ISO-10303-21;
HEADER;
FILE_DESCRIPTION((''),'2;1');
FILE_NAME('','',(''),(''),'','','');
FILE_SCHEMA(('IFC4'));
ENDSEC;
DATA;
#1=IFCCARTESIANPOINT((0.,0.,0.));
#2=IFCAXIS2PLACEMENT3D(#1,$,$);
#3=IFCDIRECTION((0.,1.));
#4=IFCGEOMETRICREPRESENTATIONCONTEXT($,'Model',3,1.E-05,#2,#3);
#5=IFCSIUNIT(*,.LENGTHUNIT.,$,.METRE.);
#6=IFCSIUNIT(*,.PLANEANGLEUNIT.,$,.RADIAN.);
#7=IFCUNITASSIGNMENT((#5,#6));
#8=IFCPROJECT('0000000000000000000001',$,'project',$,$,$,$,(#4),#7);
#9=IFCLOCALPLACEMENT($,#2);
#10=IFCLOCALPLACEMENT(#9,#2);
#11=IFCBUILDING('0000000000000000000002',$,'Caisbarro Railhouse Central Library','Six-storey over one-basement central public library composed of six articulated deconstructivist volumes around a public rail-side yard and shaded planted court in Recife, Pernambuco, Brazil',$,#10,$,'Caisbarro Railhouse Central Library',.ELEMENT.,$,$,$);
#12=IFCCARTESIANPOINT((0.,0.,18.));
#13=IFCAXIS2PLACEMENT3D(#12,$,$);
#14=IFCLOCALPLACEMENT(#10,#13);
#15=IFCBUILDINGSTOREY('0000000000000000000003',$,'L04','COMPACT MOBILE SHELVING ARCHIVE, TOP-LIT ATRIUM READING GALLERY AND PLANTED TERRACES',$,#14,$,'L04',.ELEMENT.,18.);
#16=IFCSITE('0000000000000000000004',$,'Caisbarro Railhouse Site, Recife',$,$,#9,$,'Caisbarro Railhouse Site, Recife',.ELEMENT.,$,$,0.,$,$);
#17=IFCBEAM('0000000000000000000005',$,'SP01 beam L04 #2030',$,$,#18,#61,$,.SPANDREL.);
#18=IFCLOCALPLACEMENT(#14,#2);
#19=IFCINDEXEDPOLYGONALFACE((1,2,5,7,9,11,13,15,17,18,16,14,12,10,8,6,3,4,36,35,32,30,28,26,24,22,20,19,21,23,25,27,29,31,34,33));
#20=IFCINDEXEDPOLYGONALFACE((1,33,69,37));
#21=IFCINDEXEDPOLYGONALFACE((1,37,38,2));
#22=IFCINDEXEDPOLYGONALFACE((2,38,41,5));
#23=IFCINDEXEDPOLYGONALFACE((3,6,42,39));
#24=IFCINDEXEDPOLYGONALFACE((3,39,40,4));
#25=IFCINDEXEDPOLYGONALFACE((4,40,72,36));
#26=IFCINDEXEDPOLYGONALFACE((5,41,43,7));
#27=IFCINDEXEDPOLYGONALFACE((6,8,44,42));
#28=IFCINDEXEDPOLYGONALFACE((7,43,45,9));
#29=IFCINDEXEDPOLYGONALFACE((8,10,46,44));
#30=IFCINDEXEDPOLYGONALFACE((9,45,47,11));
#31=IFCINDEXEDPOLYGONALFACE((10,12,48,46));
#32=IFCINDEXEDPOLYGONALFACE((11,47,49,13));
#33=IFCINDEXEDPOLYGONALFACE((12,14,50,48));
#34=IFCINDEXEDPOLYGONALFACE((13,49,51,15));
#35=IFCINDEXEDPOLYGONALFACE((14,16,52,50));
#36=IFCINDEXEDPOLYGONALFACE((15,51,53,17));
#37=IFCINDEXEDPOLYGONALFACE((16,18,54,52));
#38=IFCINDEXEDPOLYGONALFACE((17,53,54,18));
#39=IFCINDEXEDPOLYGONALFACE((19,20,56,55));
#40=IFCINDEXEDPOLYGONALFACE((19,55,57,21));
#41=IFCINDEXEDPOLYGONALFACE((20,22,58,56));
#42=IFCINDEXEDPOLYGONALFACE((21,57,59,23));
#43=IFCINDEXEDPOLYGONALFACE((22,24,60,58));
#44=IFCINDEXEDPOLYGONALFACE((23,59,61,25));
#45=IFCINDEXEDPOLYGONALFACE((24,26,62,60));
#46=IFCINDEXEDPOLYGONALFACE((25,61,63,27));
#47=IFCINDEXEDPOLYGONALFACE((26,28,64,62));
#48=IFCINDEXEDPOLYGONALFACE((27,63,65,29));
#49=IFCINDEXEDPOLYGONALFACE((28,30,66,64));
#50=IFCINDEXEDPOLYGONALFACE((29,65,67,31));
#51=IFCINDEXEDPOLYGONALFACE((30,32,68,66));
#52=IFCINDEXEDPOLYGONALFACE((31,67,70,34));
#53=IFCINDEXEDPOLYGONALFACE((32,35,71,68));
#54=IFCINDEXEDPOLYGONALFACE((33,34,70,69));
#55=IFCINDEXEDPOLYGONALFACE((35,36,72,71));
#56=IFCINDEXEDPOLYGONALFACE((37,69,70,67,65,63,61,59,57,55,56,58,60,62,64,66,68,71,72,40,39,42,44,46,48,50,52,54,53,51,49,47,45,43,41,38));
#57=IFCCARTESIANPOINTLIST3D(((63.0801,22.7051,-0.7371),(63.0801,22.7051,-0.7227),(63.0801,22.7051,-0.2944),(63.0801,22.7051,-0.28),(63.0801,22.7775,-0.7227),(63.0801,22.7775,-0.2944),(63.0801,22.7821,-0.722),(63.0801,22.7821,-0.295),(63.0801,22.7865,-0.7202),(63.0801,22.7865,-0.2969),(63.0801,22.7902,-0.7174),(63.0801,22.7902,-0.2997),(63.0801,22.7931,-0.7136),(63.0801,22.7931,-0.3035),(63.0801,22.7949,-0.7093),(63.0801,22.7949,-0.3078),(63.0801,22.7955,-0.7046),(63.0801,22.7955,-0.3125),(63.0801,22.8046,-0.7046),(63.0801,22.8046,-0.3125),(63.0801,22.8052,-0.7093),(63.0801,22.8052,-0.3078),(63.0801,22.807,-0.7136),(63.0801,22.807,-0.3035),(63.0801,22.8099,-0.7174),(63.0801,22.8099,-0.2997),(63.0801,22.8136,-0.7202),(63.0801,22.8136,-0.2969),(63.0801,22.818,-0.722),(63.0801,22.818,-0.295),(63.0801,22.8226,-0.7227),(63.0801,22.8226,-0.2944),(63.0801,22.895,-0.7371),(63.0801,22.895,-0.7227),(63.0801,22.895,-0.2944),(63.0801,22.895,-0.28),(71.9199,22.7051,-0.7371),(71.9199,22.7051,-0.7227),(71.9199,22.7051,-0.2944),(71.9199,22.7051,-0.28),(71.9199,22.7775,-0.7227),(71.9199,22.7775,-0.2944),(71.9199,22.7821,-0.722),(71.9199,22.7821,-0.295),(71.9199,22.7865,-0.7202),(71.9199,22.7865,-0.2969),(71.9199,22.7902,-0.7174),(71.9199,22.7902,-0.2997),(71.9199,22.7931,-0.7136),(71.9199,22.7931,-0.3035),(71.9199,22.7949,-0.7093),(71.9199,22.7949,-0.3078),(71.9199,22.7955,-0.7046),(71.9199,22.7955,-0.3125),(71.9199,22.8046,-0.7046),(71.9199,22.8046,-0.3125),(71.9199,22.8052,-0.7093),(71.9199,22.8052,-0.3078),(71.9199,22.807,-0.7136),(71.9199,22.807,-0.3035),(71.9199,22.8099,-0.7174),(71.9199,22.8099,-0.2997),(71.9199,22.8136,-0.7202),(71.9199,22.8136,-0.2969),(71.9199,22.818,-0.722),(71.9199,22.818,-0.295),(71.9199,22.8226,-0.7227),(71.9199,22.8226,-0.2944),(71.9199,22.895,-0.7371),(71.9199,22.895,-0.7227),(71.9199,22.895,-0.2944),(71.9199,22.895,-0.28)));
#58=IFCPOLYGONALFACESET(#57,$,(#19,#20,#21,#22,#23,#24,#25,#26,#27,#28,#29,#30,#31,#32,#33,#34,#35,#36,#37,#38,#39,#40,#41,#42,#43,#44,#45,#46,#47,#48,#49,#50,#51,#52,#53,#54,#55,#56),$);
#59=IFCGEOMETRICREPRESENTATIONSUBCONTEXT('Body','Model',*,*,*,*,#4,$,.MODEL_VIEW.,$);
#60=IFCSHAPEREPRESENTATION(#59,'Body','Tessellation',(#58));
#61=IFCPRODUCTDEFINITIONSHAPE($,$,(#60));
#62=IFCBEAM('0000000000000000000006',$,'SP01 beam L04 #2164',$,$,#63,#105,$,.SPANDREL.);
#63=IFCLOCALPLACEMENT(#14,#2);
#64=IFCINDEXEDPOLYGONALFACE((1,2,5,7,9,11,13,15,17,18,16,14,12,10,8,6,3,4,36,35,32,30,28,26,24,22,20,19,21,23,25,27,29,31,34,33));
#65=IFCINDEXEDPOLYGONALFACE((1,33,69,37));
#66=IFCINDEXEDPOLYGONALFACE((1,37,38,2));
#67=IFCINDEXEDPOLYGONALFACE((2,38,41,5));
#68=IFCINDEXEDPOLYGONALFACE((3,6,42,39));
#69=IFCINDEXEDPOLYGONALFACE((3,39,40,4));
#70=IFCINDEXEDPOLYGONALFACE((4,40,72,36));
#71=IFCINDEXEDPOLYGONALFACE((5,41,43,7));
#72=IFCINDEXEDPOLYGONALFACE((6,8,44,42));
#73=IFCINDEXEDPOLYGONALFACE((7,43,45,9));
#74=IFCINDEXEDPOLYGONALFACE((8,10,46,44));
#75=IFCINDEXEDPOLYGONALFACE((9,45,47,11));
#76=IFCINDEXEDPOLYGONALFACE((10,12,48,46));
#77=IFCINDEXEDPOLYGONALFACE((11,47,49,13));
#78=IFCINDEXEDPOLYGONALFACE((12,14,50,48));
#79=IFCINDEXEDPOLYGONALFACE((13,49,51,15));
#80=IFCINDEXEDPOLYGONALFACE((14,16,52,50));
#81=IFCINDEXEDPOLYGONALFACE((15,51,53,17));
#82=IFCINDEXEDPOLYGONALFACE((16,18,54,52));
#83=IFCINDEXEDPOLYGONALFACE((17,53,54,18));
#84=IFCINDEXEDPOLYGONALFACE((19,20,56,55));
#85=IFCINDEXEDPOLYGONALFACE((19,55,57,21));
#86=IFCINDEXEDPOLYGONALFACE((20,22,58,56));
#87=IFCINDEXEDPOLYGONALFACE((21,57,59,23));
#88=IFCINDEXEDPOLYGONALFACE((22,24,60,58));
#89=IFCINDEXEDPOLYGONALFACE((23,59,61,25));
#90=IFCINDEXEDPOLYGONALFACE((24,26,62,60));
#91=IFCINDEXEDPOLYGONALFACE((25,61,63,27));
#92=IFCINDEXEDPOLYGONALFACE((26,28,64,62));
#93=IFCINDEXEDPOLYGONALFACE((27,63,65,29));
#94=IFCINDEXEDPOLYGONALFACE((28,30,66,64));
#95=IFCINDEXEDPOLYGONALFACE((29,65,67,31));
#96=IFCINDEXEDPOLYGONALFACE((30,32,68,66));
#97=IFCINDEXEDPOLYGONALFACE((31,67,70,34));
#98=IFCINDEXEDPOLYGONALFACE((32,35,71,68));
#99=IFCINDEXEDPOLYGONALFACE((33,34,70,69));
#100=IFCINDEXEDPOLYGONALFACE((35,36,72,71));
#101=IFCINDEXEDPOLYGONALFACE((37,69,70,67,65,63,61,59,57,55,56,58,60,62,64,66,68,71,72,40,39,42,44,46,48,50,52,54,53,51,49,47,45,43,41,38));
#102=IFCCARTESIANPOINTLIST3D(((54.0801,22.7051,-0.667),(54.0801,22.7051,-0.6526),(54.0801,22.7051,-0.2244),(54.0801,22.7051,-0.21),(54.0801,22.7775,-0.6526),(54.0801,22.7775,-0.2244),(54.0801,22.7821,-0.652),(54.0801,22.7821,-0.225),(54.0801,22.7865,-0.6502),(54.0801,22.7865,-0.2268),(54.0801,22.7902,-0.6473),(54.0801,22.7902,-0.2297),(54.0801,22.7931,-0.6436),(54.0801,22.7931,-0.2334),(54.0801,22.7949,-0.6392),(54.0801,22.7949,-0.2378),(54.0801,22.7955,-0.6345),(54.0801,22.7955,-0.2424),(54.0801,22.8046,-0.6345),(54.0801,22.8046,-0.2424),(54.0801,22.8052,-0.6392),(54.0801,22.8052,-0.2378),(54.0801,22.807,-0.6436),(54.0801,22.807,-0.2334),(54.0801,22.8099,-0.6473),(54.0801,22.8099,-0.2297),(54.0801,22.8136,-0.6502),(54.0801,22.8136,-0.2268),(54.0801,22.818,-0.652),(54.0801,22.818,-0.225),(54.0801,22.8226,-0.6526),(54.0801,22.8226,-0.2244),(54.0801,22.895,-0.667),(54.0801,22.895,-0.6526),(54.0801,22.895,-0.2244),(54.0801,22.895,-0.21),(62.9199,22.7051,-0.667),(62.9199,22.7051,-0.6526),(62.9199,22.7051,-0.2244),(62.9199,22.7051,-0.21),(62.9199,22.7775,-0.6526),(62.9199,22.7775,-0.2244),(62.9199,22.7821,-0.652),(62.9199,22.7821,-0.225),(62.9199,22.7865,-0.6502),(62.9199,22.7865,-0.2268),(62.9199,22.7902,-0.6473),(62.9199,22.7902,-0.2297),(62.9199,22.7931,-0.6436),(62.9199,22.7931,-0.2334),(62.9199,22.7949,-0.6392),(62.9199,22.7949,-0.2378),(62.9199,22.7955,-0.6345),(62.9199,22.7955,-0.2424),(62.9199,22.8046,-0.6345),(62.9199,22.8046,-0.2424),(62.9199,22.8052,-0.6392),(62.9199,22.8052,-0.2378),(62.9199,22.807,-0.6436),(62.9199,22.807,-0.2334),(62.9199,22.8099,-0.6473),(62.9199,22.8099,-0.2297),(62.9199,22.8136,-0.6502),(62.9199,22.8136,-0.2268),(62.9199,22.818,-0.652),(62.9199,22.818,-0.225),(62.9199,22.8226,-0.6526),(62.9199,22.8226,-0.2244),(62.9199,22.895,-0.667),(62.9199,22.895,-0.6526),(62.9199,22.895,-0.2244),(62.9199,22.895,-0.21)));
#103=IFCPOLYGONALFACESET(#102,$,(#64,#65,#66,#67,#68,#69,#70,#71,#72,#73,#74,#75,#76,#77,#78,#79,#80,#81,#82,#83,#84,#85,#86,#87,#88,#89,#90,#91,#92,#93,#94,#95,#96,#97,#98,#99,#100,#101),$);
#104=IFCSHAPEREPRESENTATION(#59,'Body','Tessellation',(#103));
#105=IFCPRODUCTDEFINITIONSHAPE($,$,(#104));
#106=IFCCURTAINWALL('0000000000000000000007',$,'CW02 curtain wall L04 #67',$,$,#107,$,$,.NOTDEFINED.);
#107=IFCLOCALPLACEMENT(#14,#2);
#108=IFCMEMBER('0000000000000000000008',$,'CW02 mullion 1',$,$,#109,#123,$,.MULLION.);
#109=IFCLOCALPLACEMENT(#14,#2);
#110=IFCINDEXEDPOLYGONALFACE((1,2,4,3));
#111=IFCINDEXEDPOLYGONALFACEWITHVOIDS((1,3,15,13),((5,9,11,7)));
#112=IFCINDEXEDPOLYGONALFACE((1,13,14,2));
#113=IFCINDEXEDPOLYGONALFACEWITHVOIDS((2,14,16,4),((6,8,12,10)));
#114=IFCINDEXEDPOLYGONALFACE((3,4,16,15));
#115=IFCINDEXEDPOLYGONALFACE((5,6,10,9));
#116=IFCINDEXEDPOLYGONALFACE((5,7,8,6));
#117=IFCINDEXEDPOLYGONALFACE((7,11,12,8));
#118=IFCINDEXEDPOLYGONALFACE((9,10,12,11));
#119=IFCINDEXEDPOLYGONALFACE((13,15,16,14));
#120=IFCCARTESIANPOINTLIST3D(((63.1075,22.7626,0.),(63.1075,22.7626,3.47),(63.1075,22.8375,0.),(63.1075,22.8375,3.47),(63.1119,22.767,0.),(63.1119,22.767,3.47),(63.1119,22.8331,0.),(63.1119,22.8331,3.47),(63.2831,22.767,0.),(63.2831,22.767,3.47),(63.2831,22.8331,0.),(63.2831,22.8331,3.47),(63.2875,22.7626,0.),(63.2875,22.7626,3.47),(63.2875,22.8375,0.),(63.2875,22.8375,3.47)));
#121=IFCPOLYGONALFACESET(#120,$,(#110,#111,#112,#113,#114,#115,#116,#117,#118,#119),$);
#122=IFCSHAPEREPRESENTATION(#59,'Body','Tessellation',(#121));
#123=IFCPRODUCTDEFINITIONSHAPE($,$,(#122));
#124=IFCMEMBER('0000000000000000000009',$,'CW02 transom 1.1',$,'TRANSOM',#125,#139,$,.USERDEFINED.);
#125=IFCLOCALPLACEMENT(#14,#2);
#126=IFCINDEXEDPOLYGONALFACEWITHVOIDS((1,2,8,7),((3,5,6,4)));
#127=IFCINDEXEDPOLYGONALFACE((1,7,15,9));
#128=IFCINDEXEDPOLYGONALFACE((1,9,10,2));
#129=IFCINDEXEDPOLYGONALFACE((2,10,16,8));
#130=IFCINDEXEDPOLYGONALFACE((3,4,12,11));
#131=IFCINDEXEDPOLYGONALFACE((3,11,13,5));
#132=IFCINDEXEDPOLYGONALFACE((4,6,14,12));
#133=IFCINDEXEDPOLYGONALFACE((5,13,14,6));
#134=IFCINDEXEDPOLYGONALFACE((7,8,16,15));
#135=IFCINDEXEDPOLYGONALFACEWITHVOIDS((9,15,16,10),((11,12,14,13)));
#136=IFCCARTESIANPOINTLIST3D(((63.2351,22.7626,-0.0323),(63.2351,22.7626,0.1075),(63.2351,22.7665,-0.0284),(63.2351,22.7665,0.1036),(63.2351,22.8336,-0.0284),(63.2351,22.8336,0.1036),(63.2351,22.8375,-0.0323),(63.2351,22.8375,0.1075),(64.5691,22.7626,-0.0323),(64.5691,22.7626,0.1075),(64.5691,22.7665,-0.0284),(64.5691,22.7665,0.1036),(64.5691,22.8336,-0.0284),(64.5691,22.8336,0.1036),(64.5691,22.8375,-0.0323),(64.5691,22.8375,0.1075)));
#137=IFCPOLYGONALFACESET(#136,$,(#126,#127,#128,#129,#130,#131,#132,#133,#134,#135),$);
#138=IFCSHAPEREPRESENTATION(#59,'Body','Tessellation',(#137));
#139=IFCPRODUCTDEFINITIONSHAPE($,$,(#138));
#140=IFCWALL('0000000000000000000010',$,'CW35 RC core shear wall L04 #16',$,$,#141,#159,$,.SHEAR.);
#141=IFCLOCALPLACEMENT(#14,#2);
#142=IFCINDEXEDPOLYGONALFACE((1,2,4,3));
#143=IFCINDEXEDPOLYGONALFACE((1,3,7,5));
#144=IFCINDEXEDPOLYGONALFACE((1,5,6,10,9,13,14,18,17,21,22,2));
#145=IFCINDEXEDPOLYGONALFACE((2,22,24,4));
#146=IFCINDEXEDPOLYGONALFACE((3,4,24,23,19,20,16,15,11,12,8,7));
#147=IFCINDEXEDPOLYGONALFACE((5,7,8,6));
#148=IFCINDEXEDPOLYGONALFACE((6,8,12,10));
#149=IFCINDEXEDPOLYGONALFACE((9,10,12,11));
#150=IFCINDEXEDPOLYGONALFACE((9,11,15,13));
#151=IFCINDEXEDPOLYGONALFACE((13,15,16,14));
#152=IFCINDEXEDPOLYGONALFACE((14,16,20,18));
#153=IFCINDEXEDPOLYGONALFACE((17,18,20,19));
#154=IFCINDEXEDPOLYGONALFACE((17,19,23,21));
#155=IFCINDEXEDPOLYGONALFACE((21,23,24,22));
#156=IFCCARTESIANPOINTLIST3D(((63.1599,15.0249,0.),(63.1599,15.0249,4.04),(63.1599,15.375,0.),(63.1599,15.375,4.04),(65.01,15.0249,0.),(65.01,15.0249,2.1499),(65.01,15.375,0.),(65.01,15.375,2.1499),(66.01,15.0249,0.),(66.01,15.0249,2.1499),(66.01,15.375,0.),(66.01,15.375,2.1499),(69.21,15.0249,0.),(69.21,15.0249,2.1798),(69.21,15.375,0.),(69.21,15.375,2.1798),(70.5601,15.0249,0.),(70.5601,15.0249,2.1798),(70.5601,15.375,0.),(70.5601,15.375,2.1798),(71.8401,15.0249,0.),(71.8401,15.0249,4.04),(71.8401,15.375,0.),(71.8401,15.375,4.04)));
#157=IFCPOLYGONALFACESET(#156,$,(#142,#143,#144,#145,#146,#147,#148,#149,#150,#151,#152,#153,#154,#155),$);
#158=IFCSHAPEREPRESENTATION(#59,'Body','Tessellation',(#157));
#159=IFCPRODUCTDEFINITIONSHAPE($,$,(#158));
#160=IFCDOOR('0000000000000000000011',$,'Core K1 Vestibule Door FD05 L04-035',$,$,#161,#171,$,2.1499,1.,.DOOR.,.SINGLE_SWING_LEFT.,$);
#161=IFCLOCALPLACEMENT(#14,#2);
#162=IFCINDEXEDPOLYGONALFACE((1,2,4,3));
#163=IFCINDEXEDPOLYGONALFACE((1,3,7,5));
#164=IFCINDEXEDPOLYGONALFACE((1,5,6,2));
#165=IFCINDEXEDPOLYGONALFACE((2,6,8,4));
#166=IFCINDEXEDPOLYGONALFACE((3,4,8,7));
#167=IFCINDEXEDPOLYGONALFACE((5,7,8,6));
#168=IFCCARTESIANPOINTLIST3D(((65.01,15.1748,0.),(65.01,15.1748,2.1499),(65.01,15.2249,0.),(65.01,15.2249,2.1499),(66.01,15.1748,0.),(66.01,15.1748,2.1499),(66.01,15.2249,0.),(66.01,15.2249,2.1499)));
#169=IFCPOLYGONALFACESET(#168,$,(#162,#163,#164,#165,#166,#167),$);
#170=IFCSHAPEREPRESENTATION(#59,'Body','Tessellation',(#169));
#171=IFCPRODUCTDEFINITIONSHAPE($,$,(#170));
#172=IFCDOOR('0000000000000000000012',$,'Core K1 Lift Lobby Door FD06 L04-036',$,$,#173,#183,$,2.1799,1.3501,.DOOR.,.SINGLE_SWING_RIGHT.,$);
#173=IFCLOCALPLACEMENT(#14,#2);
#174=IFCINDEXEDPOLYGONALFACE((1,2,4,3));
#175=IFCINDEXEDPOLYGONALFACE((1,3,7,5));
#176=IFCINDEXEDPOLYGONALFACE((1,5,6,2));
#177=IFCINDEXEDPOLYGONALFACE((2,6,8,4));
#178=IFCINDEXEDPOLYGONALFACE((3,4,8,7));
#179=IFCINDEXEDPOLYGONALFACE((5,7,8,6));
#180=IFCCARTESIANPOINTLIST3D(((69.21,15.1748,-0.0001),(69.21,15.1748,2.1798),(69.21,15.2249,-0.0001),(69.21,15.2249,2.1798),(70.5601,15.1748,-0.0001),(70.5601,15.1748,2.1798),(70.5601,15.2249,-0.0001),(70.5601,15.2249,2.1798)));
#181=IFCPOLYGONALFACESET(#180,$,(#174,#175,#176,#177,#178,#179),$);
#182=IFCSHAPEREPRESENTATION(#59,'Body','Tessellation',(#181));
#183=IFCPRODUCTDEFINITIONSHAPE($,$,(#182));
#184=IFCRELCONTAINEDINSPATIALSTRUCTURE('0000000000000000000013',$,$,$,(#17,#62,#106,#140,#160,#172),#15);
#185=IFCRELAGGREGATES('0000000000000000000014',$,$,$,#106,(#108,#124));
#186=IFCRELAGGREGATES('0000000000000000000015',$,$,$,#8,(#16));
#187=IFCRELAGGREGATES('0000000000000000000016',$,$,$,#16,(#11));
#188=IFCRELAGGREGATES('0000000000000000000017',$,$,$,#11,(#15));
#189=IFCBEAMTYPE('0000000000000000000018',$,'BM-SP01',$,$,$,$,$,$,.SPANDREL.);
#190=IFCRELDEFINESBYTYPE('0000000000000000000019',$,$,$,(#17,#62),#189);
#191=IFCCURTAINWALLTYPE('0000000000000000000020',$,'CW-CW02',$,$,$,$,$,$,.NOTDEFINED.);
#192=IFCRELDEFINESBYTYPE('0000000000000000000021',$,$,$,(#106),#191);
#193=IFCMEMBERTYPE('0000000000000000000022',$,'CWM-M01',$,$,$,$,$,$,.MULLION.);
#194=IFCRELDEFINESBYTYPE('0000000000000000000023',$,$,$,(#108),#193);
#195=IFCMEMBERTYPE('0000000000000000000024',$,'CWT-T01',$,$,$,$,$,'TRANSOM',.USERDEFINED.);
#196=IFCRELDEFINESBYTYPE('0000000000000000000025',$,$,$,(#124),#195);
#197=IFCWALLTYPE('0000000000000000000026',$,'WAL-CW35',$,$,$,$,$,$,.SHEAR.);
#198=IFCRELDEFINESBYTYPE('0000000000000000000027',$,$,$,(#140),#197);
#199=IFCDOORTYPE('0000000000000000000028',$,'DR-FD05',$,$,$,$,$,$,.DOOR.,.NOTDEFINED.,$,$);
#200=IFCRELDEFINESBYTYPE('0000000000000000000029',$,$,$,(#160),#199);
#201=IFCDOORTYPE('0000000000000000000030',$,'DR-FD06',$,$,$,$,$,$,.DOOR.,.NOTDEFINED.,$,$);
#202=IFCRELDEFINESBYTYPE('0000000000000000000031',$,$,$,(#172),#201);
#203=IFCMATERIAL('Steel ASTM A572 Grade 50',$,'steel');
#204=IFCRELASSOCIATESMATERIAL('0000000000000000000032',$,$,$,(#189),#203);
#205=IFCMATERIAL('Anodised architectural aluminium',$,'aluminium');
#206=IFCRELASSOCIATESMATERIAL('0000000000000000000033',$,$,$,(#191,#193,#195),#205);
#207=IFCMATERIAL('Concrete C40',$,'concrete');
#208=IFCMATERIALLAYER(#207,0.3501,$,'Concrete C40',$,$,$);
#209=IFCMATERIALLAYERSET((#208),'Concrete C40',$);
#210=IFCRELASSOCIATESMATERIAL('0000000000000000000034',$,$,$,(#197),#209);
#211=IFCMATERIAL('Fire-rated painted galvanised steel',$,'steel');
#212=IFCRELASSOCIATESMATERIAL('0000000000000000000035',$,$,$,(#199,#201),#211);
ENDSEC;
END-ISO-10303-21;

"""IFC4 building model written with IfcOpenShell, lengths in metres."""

from ifc_helpers import new_model, si_unit, direction, frame, frame_2d, origin, origin_2d, place, context, subcontext, project, spatial, rectangle, hollow_rectangle, i_section, extrude, material, layer, layer_set, material_profile, profile_set, type_object, element, fill, aggregate, save


model = new_model("IFC4")

# Units and contexts
model_context = context("Model", 3, precision=1e-05, world=origin(), true_north=direction((0.0, 1.0)))
body_context = subcontext(model_context, "Body", "Model", "MODEL_VIEW")
ifc_project = project(units=[si_unit("LENGTHUNIT", "METRE"), si_unit("PLANEANGLEUNIT", "RADIAN")], contexts=[model_context])

# Site, building, storey
site_placement = place(None, origin())
site = spatial("IfcSite", under=ifc_project, at=site_placement, Name="Caisbarro Railhouse Site, Recife", LongName="Caisbarro Railhouse Site, Recife", CompositionType="ELEMENT", RefElevation=0.0)
building_placement = place(site_placement, origin())
building = spatial("IfcBuilding", under=site, at=building_placement, Name="Caisbarro Railhouse Central Library", Description="Six-storey over one-basement central public library composed of six articulated deconstructivist volumes around a public rail-side yard and shaded planted court in Recife, Pernambuco, Brazil", LongName="Caisbarro Railhouse Central Library", CompositionType="ELEMENT")
storey_placement = place(building_placement, frame((0.0, 0.0, 18.0)))
storey = spatial("IfcBuildingStorey", under=building, at=storey_placement, Name="L04", Description="COMPACT MOBILE SHELVING ARCHIVE, TOP-LIT ATRIUM READING GALLERY AND PLANTED TERRACES", LongName="L04", CompositionType="ELEMENT", Elevation=18.0)

# Shared definitions
ifc_material_1 = material(Name="Steel ASTM A572 Grade 50", Category="steel")

# Beams
ifc_material_2 = material(Name="Concrete C40", Category="concrete")
ifc_material_profile_1 = material_profile(ifc_material_1, i_section(OverallWidth=0.1899, OverallDepth=0.457, WebThickness=0.009, FlangeThickness=0.0144, FilletRadius=0.0181, at=origin_2d()), Name="W460X74.0")
ifc_profile_set_1 = profile_set([ifc_material_profile_1], Name="Steel ASTM A572 Grade 50")
beam_type_1 = type_object("IfcBeamType", Name="BM-SP01", PredefinedType="SPANDREL", material=ifc_profile_set_1)
for number, where, z_axis, x_axis, name in (
    (1, (63.0801, 22.8, -0.5085), (1.0, 0.0, 0.0), (0.0, 1.0, 0.0), "SP01 beam L04 #2030"),
    (2, (54.0801, 22.8, -0.4385), (1.0, 0.0, 0.0), (0.0, 1.0, 0.0), "SP01 beam L04 #2164"),
):
    element("IfcBeam", number, at=place(storey_placement, frame(where, z_axis=z_axis, x_axis=x_axis)), inside=storey, type_object=beam_type_1, Name=name, PredefinedType="SPANDREL", context=body_context, shape_type="SweptSolid", body=[
        extrude(i_section(OverallWidth=0.1899, OverallDepth=0.457, WebThickness=0.009, FlangeThickness=0.0144, FilletRadius=0.0181, at=origin_2d()), origin(), (0.0, 0.0, 1.0), 8.8398),
    ])

# Curtain wall, members
ifc_material_3 = material(Name="Anodised architectural aluminium", Category="aluminium")
curtain_wall_type = type_object("IfcCurtainWallType", Name="CW-CW02", PredefinedType="NOTDEFINED", material=ifc_material_3)
curtain_wall_placement = place(storey_placement, origin())
curtain_wall = element("IfcCurtainWall", 3, at=curtain_wall_placement, inside=storey, type_object=curtain_wall_type, Name="CW02 curtain wall L04 #67", PredefinedType="NOTDEFINED")
ifc_material_profile_2 = material_profile(ifc_material_3, hollow_rectangle(XDim=0.075, YDim=0.1799, WallThickness=0.0044, at=origin_2d()), Name="ALU-MUL-75X180")
ifc_profile_set_2 = profile_set([ifc_material_profile_2], Name="Anodised architectural aluminium")
member_type_1 = type_object("IfcMemberType", Name="CWM-M01", PredefinedType="MULLION", material=ifc_profile_set_2)
member_1_placement = place(storey_placement, frame((63.1975, 22.8, 0.0), z_axis=(0.0, 0.0, 1.0), x_axis=(0.0, 1.0, 0.0)))
member_1 = element("IfcMember", 4, at=member_1_placement, type_object=member_type_1, Name="CW02 mullion 1", PredefinedType="MULLION", context=body_context, shape_type="SweptSolid", body=[
    extrude(hollow_rectangle(XDim=0.075, YDim=0.1799, WallThickness=0.0044, at=origin_2d()), origin(), (0.0, 0.0, 1.0), 3.47),
])
ifc_material_profile_3 = material_profile(ifc_material_3, hollow_rectangle(XDim=0.075, YDim=0.1399, WallThickness=0.0039, at=origin_2d()), Name="ALU-TRN-75X140")
ifc_profile_set_3 = profile_set([ifc_material_profile_3], Name="Anodised architectural aluminium")
member_type_2 = type_object("IfcMemberType", Name="CWT-T01", ElementType="TRANSOM", PredefinedType="USERDEFINED", material=ifc_profile_set_3)
member_2_placement = place(storey_placement, frame((63.2351, 22.8, 0.0376), z_axis=(1.0, 0.0, 0.0), x_axis=(0.0, 1.0, 0.0)))
member_2 = element("IfcMember", 5, at=member_2_placement, type_object=member_type_2, Name="CW02 transom 1.1", ObjectType="TRANSOM", PredefinedType="USERDEFINED", context=body_context, shape_type="SweptSolid", body=[
    extrude(hollow_rectangle(XDim=0.075, YDim=0.1399, WallThickness=0.0039, at=origin_2d()), origin(), (0.0, 0.0, 1.0), 1.334),
])
aggregate(curtain_wall, [member_1, member_2])

# Wall, openings, doors
ifc_layer_1 = layer(ifc_material_2, 0.3501, Name="Concrete C40")
ifc_layer_set_1 = layer_set([ifc_layer_1], Name="Concrete C40")
wall_type_1 = type_object("IfcWallType", Name="WAL-CW35", PredefinedType="SHEAR", material=ifc_layer_set_1)
wall_1_placement = place(storey_placement, frame((63.1599, 15.2, 0.0), z_axis=(0.0, 0.0, 1.0), x_axis=(1.0, 0.0, 0.0)))
wall_1 = element("IfcWall", 6, at=wall_1_placement, inside=storey, type_object=wall_type_1, Name="CW35 RC core shear wall L04 #16", PredefinedType="SHEAR", context=body_context, shape_type="SweptSolid", body=[
    extrude(rectangle(XDim=8.6802, YDim=0.3501, at=frame_2d((4.3401, 0.0))), origin(), (0.0, 0.0, 1.0), 4.04),
])
opening_1_placement = place(wall_1_placement, frame((1.8501, 0.0, 0.0)))
opening_1 = element("IfcOpeningElement", 7, at=opening_1_placement, cuts=wall_1, PredefinedType="OPENING", context=body_context, shape_type="SweptSolid", body=[
    extrude(rectangle(XDim=1.0, YDim=2.1499, at=frame_2d((0.5, 1.075))), frame((0.0, 0.1851, 0.0), z_axis=(0.0, -1.0, 0.0), x_axis=(1.0, 0.0, 0.0)), (0.0, 0.0, 1.0), 0.3701),
])
opening_2_placement = place(wall_1_placement, frame((6.05, 0.0, 0.0)))
opening_2 = element("IfcOpeningElement", 8, at=opening_2_placement, cuts=wall_1, PredefinedType="OPENING", context=body_context, shape_type="SweptSolid", body=[
    extrude(rectangle(XDim=1.3501, YDim=2.1799, at=frame_2d((0.675, 1.0898))), frame((0.0, 0.1851, 0.0), z_axis=(0.0, -1.0, 0.0), x_axis=(1.0, 0.0, 0.0)), (0.0, 0.0, 1.0), 0.3701),
])
ifc_material_4 = material(Name="Fire-rated painted galvanised steel", Category="steel")
door_type_1 = type_object("IfcDoorType", Name="DR-FD05", OperationType="NOTDEFINED", PredefinedType="DOOR", material=ifc_material_4)
door_1_placement = place(opening_1_placement, origin())
door_1 = element("IfcDoor", 9, at=door_1_placement, inside=storey, type_object=door_type_1, Name="Core K1 Vestibule Door FD05 L04-035", OperationType="SINGLE_SWING_LEFT", OverallHeight=2.1499, OverallWidth=1.0, PredefinedType="DOOR", context=body_context, shape_type="SweptSolid", body=[
    extrude(rectangle(XDim=1.0, YDim=2.1499, at=frame_2d((0.5, 1.075))), frame((0.0, 0.0249, 0.0), z_axis=(0.0, -1.0, 0.0), x_axis=(1.0, 0.0, 0.0)), (0.0, 0.0, 1.0), 0.05),
])
fill(opening_1, door_1)
door_type_2 = type_object("IfcDoorType", Name="DR-FD06", OperationType="NOTDEFINED", PredefinedType="DOOR", material=ifc_material_4)
door_2_placement = place(opening_2_placement, origin())
door_2 = element("IfcDoor", 10, at=door_2_placement, inside=storey, type_object=door_type_2, Name="Core K1 Lift Lobby Door FD06 L04-036", OperationType="SINGLE_SWING_RIGHT", OverallHeight=2.1799, OverallWidth=1.3501, PredefinedType="DOOR", context=body_context, shape_type="SweptSolid", body=[
    extrude(rectangle(XDim=1.3501, YDim=2.1799, at=frame_2d((0.675, 1.0898))), frame((0.0, 0.0249, 0.0), z_axis=(0.0, -1.0, 0.0), x_axis=(1.0, 0.0, 0.0)), (0.0, 0.0, 1.0), 0.05),
])
fill(opening_2, door_2)

save(model, "model.ifc")
